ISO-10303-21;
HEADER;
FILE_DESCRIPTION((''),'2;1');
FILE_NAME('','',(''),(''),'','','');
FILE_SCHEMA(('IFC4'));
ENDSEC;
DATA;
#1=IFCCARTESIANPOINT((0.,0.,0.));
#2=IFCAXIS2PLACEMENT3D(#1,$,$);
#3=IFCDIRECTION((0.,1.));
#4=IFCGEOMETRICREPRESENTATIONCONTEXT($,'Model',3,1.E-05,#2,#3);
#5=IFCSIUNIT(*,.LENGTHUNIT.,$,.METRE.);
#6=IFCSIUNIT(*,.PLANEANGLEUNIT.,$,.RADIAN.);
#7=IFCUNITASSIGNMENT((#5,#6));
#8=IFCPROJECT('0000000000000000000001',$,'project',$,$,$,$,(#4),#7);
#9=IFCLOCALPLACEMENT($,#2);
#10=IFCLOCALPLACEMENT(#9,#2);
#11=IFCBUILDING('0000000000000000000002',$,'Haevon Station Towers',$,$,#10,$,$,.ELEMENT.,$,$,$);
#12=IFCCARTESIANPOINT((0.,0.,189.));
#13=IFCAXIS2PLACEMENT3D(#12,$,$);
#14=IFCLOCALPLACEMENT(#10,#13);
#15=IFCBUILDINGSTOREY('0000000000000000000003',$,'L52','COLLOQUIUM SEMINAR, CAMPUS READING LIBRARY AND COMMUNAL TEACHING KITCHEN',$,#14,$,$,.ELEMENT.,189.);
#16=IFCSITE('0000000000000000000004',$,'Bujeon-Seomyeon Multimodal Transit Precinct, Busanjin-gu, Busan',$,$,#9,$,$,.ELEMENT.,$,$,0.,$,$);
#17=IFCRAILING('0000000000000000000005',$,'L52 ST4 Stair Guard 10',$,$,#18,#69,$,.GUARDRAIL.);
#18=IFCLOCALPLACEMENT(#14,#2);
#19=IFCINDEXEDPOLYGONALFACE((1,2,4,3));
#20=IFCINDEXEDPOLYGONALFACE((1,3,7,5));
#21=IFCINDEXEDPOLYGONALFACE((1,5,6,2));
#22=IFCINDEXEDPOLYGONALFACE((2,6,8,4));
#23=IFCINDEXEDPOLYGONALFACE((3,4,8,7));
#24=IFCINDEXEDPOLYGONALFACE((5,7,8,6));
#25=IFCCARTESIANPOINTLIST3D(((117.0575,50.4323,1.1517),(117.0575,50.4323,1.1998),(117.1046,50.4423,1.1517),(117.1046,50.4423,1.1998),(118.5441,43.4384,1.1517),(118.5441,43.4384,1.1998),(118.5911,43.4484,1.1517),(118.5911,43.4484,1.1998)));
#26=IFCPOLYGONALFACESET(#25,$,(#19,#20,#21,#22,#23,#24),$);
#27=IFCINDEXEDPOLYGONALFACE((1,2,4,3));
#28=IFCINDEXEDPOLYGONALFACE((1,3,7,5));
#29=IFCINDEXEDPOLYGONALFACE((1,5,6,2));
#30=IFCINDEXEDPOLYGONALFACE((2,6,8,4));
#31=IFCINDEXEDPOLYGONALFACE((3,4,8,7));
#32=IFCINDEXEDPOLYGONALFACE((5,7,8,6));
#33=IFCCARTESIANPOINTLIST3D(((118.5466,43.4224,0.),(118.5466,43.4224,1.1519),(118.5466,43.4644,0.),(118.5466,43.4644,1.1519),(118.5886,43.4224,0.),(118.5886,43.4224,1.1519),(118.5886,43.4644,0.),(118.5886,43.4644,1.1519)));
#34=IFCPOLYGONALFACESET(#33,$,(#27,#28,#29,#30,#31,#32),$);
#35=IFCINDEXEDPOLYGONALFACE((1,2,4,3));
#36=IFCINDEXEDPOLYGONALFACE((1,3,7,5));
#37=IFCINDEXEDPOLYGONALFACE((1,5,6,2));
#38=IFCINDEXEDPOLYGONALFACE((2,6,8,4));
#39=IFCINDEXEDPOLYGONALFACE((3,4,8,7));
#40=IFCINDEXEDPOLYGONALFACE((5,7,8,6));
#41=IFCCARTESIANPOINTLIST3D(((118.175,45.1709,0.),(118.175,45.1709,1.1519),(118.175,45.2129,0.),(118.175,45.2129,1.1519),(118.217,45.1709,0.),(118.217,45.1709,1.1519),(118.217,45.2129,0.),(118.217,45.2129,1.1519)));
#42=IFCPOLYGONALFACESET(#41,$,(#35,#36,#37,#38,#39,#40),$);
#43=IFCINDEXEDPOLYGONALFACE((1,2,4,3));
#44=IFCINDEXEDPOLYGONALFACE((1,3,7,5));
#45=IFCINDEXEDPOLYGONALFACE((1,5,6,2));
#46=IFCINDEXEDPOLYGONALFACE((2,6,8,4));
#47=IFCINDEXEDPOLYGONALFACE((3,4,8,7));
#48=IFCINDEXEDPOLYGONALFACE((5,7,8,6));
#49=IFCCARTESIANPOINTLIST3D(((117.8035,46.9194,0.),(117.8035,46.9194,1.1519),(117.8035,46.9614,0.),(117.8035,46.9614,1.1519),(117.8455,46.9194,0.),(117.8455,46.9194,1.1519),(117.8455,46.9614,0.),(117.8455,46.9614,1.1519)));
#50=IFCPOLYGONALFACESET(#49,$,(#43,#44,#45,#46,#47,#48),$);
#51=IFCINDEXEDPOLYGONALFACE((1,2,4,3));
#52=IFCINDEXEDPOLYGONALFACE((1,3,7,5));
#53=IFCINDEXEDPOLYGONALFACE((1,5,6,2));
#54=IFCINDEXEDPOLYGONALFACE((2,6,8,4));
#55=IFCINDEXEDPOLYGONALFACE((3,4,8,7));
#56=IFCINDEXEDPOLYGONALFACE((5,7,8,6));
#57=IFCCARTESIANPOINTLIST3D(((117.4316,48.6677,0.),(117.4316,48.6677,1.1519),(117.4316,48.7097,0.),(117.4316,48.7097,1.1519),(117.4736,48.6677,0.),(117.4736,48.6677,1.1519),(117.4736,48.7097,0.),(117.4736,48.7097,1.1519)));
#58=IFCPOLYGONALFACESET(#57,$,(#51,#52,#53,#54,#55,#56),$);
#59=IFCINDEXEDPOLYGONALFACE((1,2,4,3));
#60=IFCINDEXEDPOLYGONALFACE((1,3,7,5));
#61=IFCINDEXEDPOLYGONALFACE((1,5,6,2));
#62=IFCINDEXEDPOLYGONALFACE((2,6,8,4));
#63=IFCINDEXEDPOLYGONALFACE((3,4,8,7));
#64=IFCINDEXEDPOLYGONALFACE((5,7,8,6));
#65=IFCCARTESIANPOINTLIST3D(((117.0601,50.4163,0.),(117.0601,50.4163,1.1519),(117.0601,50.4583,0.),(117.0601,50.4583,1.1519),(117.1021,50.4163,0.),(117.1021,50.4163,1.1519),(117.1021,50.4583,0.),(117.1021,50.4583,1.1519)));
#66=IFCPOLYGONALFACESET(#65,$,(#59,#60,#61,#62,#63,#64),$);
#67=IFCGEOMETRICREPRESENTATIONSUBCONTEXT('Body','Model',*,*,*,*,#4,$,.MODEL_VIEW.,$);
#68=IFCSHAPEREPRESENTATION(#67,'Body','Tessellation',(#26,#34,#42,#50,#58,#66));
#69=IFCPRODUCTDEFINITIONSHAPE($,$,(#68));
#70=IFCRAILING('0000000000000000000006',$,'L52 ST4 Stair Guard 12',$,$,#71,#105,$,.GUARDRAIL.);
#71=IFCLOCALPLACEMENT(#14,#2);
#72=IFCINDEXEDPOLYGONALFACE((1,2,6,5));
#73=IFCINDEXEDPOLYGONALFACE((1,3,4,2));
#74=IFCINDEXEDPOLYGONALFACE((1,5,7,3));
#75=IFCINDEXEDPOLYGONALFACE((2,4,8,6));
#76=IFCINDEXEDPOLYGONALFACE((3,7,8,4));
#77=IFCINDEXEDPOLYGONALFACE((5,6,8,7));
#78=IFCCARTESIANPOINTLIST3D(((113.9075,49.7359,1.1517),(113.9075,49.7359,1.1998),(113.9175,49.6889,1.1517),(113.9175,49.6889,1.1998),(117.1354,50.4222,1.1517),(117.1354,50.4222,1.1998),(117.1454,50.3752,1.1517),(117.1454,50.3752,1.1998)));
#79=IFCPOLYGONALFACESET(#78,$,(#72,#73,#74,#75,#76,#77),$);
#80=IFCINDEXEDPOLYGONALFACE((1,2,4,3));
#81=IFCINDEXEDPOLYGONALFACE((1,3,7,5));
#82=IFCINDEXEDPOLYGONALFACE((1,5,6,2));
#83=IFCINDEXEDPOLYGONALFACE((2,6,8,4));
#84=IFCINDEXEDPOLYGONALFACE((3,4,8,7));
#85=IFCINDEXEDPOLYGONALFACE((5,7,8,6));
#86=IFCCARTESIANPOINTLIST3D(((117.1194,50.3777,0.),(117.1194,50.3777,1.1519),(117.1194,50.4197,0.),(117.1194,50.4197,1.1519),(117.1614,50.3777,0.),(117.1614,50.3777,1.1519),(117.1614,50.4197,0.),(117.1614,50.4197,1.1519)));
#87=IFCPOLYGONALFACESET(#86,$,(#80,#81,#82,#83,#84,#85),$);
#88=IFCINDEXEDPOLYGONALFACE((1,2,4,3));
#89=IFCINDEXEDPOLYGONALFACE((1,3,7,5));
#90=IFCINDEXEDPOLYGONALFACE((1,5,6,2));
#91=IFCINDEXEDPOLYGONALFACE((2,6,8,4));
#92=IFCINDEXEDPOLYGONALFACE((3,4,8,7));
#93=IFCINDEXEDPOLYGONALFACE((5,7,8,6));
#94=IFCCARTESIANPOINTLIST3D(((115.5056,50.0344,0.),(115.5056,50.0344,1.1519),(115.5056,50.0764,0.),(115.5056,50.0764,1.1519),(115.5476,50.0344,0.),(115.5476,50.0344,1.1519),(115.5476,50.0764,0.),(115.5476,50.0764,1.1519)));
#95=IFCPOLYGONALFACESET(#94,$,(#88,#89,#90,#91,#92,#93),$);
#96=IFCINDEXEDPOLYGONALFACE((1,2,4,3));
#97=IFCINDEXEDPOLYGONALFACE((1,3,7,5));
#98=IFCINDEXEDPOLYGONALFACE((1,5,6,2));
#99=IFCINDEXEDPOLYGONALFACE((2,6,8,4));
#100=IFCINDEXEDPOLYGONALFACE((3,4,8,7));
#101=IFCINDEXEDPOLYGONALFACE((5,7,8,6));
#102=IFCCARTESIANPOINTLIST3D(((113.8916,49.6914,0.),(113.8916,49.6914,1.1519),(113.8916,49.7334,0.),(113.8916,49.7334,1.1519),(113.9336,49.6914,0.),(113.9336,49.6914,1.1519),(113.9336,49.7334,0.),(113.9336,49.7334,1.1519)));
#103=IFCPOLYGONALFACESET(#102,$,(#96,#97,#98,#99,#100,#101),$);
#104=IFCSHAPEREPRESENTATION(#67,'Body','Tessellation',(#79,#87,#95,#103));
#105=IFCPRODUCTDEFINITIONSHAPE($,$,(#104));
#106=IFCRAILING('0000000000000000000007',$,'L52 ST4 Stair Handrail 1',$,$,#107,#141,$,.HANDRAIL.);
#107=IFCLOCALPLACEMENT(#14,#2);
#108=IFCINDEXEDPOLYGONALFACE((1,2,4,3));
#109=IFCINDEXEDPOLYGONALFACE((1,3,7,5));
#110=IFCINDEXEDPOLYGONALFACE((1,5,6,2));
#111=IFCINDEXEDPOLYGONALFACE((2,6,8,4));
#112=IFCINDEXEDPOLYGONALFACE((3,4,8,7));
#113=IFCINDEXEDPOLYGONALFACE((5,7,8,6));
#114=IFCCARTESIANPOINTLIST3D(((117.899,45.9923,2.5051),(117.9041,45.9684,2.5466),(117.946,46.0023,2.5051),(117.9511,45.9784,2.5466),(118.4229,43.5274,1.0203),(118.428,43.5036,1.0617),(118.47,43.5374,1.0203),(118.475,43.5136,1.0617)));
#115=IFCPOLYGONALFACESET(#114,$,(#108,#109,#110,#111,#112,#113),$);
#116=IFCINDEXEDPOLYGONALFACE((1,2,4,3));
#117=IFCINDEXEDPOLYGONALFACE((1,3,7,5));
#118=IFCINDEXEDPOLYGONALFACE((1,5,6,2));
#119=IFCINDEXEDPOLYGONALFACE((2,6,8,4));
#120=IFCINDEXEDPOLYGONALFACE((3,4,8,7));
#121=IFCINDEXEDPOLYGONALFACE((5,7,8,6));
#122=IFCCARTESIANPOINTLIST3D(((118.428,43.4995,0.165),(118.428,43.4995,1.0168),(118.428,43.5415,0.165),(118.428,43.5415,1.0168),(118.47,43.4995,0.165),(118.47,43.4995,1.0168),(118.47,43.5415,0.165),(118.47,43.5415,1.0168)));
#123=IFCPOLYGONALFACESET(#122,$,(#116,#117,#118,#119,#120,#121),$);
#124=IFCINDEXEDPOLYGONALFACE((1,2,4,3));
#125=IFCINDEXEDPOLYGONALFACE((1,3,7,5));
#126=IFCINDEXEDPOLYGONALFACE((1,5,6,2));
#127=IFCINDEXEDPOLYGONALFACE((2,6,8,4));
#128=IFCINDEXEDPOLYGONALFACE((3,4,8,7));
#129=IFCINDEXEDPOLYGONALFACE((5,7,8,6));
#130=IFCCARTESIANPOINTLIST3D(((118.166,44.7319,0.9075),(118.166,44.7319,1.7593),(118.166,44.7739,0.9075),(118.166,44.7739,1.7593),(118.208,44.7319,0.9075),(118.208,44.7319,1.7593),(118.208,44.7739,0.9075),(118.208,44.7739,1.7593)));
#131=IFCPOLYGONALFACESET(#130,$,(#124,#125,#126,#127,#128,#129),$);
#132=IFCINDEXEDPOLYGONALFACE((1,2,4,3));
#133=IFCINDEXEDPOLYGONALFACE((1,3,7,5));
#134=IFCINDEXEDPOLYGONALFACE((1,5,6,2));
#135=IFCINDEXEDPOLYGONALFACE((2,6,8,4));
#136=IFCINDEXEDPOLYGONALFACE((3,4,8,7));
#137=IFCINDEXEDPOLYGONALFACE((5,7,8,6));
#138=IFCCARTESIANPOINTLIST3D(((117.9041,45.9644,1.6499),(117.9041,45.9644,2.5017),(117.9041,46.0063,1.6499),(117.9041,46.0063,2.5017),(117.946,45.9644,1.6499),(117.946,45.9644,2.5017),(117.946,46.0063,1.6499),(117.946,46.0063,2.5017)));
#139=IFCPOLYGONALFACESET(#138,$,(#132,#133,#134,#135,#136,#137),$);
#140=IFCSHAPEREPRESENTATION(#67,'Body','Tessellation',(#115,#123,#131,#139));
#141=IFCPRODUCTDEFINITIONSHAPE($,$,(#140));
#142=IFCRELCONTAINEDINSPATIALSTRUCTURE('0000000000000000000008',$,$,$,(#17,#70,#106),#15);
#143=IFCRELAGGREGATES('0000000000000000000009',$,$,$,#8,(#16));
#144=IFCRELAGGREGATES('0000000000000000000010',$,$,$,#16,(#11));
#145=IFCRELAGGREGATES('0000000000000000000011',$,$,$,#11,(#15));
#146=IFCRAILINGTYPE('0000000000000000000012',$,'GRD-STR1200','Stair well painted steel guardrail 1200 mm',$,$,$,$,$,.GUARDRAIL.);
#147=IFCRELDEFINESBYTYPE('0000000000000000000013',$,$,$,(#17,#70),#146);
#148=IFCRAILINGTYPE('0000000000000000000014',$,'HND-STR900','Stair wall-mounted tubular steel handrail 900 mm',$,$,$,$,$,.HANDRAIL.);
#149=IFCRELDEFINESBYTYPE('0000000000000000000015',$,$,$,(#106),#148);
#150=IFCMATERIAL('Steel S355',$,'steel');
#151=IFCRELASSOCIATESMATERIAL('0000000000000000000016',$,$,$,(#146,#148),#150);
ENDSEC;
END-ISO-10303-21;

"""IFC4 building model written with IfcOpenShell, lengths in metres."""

from ifc_helpers import new_model, si_unit, direction, frame, origin, origin_2d, place, context, subcontext, project, spatial, rectangle, extrude, material, type_object, element, save


model = new_model("IFC4")

# Units and contexts
model_context = context("Model", 3, precision=1e-05, world=origin(), true_north=direction((0.0, 1.0)))
body_context = subcontext(model_context, "Body", "Model", "MODEL_VIEW")
ifc_project = project(units=[si_unit("LENGTHUNIT", "METRE"), si_unit("PLANEANGLEUNIT", "RADIAN")], contexts=[model_context])

# Site, building, storey
site_placement = place(None, origin())
site = spatial("IfcSite", under=ifc_project, at=site_placement, Name="Bujeon-Seomyeon Multimodal Transit Precinct, Busanjin-gu, Busan", CompositionType="ELEMENT", RefElevation=0.0)
building_placement = place(site_placement, origin())
building = spatial("IfcBuilding", under=site, at=building_placement, Name="Haevon Station Towers", CompositionType="ELEMENT")
storey_placement = place(building_placement, frame((0.0, 0.0, 189.0)))
storey = spatial("IfcBuildingStorey", under=building, at=storey_placement, Name="L52", Description="COLLOQUIUM SEMINAR, CAMPUS READING LIBRARY AND COMMUNAL TEACHING KITCHEN", CompositionType="ELEMENT", Elevation=189.0)

# Shared definitions
ifc_material_1 = material(Name="Steel S355", Category="steel")

# Railings
railing_type_1 = type_object("IfcRailingType", Name="GRD-STR1200", Description="Stair well painted steel guardrail 1200 mm", PredefinedType="GUARDRAIL", material=ifc_material_1)
railing_1_placement = place(storey_placement, frame((118.5676, 43.4434, 0.0)))
element("IfcRailing", 1, at=railing_1_placement, inside=storey, type_object=railing_type_1, Name="L52 ST4 Stair Guard 10", PredefinedType="GUARDRAIL", context=body_context, shape_type="SweptSolid", body=[
    extrude(rectangle(XDim=0.0481, YDim=0.0481, at=origin_2d()), frame((0.0, 0.0, 1.1758), z_axis=(-0.207908, 0.978148, 0.0), x_axis=(-0.978148, -0.207908, 0.0)), (0.0, 0.0, 1.0), 7.1501),
    extrude(rectangle(XDim=0.042, YDim=0.042, at=origin_2d()), origin(), (0.0, 0.0, 1.0), 1.1519),
    extrude(rectangle(XDim=0.042, YDim=0.042, at=origin_2d()), frame((-0.3716, 1.7485, 0.0)), (0.0, 0.0, 1.0), 1.1519),
    extrude(rectangle(XDim=0.042, YDim=0.042, at=origin_2d()), frame((-0.7432, 3.4971, 0.0)), (0.0, 0.0, 1.0), 1.1519),
    extrude(rectangle(XDim=0.042, YDim=0.042, at=origin_2d()), frame((-1.115, 5.2454, 0.0)), (0.0, 0.0, 1.0), 1.1519),
    extrude(rectangle(XDim=0.042, YDim=0.042, at=origin_2d()), frame((-1.4866, 6.9939, 0.0)), (0.0, 0.0, 1.0), 1.1519),
])
railing_2_placement = place(storey_placement, frame((117.1404, 50.3987, 0.0)))
element("IfcRailing", 2, at=railing_2_placement, inside=storey, type_object=railing_type_1, Name="L52 ST4 Stair Guard 12", PredefinedType="GUARDRAIL", context=body_context, shape_type="SweptSolid", body=[
    extrude(rectangle(XDim=0.0481, YDim=0.0481, at=origin_2d()), frame((0.0, 0.0, 1.1758), z_axis=(-0.978136, -0.207968, 0.0), x_axis=(0.207968, -0.978136, 0.0)), (0.0, 0.0, 1.0), 3.3),
    extrude(rectangle(XDim=0.042, YDim=0.042, at=origin_2d()), origin(), (0.0, 0.0, 1.0), 1.1519),
    extrude(rectangle(XDim=0.042, YDim=0.042, at=origin_2d()), frame((-1.6138, -0.3433, 0.0)), (0.0, 0.0, 1.0), 1.1519),
    extrude(rectangle(XDim=0.042, YDim=0.042, at=origin_2d()), frame((-3.2278, -0.6863, 0.0)), (0.0, 0.0, 1.0), 1.1519),
])
railing_type_2 = type_object("IfcRailingType", Name="HND-STR900", Description="Stair wall-mounted tubular steel handrail 900 mm", PredefinedType="HANDRAIL", material=ifc_material_1)
railing_3_placement = place(storey_placement, frame((118.449, 43.5205, 0.165)))
element("IfcRailing", 3, at=railing_3_placement, inside=storey, type_object=railing_type_2, Name="L52 ST4 Stair Handrail 1", PredefinedType="HANDRAIL", context=body_context, shape_type="SweptSolid", body=[
    extrude(rectangle(XDim=0.0481, YDim=0.0481, at=origin_2d()), frame((0.0, 0.0, 0.876), z_axis=(-0.179129, 0.842724, 0.507671), x_axis=(-0.978147, -0.207914, 0.0)), (0.0, 0.0, 1.0), 2.9248),
    extrude(rectangle(XDim=0.042, YDim=0.042, at=origin_2d()), origin(), (0.0, 0.0, 1.0), 0.8518),
    extrude(rectangle(XDim=0.042, YDim=0.042, at=origin_2d()), frame((-0.262, 1.2324, 0.7424)), (0.0, 0.0, 1.0), 0.8518),
    extrude(rectangle(XDim=0.042, YDim=0.042, at=origin_2d()), frame((-0.5239, 2.4648, 1.4849)), (0.0, 0.0, 1.0), 0.8518),
])

save(model, "model.ifc")
